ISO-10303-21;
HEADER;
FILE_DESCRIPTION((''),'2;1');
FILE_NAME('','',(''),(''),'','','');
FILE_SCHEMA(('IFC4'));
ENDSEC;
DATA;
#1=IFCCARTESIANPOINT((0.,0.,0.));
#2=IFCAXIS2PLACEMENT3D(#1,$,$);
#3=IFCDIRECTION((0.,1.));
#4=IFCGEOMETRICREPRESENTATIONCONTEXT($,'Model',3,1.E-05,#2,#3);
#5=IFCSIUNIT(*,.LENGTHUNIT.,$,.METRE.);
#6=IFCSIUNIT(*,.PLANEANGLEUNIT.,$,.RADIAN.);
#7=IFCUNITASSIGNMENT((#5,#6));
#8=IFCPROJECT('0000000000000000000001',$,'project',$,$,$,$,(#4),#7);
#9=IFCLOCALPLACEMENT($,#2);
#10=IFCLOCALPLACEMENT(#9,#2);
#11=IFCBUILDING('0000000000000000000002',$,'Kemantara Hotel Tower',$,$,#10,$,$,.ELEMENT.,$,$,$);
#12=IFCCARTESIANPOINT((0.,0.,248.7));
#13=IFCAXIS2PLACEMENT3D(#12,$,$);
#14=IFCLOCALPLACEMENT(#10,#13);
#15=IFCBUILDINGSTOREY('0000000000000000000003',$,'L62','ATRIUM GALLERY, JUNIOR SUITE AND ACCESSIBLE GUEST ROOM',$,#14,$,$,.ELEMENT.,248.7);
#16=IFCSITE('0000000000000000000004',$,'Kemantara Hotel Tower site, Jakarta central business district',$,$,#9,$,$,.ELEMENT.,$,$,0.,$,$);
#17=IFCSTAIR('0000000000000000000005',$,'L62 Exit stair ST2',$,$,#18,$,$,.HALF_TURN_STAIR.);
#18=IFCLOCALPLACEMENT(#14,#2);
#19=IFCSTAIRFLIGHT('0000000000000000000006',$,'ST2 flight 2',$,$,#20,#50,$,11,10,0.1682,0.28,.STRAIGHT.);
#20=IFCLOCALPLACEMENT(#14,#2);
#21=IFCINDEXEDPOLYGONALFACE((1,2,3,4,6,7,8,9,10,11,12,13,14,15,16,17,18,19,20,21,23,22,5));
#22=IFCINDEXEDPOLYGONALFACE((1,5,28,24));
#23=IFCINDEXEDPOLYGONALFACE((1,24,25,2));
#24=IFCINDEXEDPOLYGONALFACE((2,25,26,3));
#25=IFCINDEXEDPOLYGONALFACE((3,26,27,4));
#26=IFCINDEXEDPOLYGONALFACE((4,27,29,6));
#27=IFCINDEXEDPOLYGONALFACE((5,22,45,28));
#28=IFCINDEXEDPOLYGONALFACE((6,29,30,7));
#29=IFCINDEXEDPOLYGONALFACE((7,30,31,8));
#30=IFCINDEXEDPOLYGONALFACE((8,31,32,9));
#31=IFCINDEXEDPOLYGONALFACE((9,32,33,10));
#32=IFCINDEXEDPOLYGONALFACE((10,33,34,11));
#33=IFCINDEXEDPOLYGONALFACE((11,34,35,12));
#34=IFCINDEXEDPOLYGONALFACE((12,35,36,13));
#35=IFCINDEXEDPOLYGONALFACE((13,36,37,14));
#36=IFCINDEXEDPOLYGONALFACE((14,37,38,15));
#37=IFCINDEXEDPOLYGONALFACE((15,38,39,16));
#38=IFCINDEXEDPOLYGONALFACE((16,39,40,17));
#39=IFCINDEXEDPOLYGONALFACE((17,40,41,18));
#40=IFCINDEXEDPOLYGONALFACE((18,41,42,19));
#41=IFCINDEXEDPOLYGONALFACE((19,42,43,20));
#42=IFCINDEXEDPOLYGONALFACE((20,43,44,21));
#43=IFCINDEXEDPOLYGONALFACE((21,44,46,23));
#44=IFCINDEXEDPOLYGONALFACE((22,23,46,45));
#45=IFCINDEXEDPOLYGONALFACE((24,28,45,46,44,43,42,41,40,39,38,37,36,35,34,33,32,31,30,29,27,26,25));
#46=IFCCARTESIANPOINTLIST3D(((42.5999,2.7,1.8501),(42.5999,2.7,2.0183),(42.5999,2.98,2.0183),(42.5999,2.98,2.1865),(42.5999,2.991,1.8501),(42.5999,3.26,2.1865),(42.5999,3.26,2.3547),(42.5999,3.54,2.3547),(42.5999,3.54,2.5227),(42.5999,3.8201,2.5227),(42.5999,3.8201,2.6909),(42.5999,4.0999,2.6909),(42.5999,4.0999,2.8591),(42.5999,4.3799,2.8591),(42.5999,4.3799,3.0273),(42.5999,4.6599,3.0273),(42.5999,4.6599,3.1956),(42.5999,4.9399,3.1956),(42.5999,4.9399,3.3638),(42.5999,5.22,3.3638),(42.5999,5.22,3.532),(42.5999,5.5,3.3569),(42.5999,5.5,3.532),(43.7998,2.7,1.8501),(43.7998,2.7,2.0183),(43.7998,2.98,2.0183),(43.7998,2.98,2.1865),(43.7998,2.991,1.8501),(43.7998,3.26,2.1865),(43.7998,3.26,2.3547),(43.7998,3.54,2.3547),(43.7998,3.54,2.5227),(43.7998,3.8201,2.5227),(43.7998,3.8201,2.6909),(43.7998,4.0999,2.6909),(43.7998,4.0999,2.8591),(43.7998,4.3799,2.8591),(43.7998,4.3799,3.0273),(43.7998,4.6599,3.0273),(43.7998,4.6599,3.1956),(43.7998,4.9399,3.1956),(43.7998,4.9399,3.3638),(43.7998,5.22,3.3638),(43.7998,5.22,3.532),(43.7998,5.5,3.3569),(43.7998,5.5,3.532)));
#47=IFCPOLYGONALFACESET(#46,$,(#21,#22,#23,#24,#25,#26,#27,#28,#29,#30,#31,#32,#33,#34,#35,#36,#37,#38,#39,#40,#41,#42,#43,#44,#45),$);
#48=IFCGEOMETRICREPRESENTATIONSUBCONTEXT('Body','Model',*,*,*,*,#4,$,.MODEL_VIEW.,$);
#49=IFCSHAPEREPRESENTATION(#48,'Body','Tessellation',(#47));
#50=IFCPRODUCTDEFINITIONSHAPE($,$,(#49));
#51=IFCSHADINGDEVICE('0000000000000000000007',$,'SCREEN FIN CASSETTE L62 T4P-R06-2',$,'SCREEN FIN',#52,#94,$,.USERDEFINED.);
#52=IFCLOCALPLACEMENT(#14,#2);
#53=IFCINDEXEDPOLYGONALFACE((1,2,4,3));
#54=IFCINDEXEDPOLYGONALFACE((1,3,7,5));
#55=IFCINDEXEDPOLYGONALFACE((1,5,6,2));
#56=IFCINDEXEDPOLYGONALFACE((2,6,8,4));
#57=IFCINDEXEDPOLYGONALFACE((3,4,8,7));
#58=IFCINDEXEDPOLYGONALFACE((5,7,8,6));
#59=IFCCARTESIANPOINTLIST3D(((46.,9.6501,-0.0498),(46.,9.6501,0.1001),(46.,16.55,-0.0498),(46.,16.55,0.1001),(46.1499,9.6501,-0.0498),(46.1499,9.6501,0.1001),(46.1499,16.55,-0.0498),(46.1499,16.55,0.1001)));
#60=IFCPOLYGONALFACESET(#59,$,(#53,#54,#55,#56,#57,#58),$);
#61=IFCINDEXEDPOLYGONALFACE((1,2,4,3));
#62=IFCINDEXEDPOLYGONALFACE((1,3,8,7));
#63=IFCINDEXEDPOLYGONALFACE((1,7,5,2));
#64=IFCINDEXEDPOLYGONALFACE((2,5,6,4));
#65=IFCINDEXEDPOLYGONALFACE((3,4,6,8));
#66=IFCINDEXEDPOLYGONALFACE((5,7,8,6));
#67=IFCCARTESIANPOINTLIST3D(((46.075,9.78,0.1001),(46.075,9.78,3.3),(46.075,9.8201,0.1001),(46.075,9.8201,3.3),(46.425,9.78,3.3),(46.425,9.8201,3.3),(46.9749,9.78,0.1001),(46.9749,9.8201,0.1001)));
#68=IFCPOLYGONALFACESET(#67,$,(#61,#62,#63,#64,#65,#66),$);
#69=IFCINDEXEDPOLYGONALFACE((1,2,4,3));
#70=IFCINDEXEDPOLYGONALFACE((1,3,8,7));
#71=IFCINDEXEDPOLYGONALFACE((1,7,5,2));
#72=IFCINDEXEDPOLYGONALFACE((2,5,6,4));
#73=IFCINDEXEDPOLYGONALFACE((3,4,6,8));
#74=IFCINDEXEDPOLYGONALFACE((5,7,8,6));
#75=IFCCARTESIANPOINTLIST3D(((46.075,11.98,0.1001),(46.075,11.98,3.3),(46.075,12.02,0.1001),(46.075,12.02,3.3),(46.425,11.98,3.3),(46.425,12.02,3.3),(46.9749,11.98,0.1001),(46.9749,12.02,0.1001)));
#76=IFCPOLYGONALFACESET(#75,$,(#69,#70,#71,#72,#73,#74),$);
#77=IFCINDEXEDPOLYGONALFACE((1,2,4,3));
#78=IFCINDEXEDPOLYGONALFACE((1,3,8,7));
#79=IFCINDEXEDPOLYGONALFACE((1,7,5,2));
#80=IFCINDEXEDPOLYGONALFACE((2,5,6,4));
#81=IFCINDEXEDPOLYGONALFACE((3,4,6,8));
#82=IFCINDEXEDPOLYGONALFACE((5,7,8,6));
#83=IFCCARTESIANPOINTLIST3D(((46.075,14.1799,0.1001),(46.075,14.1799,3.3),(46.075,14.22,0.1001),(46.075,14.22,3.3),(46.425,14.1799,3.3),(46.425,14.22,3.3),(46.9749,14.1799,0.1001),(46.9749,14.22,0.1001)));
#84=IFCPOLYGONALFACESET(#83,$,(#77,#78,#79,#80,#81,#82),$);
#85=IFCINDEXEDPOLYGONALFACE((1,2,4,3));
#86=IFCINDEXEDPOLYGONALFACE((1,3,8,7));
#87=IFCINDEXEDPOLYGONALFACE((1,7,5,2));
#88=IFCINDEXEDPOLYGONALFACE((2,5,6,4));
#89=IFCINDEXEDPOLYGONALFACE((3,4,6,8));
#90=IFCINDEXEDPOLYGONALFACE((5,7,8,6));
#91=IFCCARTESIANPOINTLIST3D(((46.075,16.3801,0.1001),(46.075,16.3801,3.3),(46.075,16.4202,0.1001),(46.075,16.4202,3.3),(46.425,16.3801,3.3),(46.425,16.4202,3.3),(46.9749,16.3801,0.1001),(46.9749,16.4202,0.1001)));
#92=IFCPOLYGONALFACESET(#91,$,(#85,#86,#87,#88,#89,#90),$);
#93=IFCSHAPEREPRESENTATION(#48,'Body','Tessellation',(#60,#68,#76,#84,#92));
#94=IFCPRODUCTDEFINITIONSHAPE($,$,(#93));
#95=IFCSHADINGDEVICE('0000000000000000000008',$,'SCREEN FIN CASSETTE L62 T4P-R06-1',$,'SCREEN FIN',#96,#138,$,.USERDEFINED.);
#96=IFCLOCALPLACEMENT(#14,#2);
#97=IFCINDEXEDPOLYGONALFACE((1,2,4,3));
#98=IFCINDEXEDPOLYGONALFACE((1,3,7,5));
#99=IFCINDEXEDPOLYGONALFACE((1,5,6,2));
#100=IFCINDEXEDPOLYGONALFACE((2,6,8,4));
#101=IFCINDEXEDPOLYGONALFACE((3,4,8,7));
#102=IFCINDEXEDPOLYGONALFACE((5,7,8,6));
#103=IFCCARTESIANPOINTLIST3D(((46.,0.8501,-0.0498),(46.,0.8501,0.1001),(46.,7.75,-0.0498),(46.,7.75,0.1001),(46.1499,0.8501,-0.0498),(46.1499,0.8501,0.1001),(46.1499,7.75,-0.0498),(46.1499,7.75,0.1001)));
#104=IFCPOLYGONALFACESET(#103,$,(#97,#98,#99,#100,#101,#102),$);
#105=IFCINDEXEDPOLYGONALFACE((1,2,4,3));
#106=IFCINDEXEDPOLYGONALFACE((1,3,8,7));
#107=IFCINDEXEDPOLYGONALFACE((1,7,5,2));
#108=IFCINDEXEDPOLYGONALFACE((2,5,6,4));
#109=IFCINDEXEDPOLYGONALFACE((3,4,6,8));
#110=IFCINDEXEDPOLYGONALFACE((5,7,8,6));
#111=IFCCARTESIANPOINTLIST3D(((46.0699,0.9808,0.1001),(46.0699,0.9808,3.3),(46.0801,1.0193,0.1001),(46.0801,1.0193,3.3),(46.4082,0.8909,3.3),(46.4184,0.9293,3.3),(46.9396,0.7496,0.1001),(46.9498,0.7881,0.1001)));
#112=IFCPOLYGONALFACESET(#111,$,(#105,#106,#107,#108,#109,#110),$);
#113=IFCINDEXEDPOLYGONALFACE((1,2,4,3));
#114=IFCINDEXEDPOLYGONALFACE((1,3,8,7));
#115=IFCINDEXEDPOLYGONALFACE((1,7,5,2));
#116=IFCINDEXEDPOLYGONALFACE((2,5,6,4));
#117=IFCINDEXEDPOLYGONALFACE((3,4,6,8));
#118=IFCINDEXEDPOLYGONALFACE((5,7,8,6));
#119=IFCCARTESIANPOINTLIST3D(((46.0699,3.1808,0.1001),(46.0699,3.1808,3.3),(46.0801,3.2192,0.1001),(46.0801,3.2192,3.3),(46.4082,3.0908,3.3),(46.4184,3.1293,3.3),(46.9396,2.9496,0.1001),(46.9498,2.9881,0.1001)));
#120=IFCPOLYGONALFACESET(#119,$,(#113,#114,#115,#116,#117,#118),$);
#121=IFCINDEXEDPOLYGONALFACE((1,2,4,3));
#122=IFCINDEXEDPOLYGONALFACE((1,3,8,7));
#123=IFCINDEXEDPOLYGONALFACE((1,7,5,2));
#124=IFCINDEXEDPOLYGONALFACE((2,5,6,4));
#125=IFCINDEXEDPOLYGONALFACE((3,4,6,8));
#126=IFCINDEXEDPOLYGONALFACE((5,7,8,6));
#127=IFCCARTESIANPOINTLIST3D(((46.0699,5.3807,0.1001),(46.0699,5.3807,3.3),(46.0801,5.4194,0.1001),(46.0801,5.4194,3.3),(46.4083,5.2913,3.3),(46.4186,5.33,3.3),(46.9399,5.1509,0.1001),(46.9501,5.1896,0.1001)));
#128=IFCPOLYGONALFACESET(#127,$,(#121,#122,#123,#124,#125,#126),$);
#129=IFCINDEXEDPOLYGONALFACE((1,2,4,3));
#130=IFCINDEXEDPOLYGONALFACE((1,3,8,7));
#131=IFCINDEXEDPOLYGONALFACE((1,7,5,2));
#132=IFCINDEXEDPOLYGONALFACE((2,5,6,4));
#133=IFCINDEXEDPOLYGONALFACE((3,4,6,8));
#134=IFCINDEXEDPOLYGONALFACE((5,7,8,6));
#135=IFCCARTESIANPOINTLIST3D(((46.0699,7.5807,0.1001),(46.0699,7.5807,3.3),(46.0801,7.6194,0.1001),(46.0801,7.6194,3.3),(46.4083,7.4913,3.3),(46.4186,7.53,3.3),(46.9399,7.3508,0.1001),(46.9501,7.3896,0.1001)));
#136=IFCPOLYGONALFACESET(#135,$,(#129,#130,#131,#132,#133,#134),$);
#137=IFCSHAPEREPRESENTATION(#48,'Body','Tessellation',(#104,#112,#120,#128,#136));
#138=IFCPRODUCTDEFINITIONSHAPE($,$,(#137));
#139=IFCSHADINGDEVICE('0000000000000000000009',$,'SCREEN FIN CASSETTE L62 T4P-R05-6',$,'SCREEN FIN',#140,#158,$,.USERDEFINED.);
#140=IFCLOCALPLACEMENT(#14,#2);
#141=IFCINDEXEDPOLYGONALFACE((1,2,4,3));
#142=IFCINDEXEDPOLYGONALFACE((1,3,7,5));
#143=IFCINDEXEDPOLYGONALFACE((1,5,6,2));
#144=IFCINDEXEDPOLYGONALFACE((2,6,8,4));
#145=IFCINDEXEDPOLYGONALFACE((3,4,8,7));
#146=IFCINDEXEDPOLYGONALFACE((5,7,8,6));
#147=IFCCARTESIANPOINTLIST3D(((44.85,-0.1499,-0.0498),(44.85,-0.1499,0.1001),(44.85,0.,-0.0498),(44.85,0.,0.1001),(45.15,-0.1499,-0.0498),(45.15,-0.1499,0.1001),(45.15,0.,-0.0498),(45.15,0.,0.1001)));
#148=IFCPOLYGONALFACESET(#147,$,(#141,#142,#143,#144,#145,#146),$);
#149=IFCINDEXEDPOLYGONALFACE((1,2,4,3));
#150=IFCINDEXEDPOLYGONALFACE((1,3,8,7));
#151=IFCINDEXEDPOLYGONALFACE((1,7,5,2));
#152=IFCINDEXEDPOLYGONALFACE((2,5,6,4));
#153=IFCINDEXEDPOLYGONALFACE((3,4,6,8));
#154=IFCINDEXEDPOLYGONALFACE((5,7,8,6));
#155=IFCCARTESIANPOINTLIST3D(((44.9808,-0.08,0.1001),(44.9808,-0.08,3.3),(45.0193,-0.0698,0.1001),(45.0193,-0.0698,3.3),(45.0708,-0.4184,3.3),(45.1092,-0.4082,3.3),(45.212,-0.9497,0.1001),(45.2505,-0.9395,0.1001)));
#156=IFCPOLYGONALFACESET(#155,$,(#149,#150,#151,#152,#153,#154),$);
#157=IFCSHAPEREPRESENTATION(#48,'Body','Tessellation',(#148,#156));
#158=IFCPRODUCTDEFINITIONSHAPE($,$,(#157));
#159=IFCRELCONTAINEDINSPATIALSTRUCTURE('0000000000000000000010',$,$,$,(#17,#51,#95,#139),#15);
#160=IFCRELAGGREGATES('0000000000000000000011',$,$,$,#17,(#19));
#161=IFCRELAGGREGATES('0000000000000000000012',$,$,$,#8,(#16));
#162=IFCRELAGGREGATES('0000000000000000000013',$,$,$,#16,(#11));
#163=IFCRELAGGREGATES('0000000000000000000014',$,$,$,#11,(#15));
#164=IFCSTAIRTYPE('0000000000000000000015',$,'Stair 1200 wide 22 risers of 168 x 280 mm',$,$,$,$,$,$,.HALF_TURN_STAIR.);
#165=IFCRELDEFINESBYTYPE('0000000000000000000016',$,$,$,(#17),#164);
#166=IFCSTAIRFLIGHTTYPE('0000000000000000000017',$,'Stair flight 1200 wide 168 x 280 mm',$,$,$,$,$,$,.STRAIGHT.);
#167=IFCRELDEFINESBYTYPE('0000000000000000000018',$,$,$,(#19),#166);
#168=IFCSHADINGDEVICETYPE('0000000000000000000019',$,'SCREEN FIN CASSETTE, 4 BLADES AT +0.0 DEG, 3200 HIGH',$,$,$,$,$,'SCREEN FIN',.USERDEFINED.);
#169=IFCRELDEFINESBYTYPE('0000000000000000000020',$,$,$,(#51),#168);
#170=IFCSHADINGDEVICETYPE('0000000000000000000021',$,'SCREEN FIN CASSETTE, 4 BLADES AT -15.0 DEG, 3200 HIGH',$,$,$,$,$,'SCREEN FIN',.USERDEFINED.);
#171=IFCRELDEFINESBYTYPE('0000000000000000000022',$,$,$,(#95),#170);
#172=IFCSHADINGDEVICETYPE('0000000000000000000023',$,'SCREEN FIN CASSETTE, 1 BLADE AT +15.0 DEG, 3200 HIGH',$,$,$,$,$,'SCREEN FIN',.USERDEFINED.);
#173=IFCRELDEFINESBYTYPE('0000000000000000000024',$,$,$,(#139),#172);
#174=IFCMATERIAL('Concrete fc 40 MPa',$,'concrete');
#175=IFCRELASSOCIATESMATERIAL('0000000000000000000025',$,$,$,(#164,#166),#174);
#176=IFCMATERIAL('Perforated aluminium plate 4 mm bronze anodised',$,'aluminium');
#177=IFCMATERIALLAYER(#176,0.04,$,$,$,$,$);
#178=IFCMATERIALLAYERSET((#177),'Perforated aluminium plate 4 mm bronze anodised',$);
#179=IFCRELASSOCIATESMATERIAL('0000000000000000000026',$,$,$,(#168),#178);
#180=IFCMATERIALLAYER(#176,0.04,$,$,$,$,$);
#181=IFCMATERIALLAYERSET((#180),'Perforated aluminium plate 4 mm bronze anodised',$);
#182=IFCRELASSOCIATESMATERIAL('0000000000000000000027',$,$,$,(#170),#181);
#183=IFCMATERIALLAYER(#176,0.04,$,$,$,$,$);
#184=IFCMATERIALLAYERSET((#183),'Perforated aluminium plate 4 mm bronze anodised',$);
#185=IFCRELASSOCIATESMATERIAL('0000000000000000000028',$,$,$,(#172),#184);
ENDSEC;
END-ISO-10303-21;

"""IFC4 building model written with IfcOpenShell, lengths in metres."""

from ifc_helpers import new_model, si_unit, direction, frame, origin, origin_2d, place, context, subcontext, project, spatial, polyline, rectangle, outline, extrude, source, transform, mapped, material, layer, layer_set, type_object, element, aggregate, save


model = new_model("IFC4")

# Units and contexts
model_context = context("Model", 3, precision=1e-05, world=origin(), true_north=direction((0.0, 1.0)))
body_context = subcontext(model_context, "Body", "Model", "MODEL_VIEW")
ifc_project = project(units=[si_unit("LENGTHUNIT", "METRE"), si_unit("PLANEANGLEUNIT", "RADIAN")], contexts=[model_context])

# Site, building, storey
site_placement = place(None, origin())
site = spatial("IfcSite", under=ifc_project, at=site_placement, Name="Kemantara Hotel Tower site, Jakarta central business district", CompositionType="ELEMENT", RefElevation=0.0)
building_placement = place(site_placement, origin())
building = spatial("IfcBuilding", under=site, at=building_placement, Name="Kemantara Hotel Tower", CompositionType="ELEMENT")
storey_placement = place(building_placement, frame((0.0, 0.0, 248.7)))
storey = spatial("IfcBuildingStorey", under=building, at=storey_placement, Name="L62", Description="ATRIUM GALLERY, JUNIOR SUITE AND ACCESSIBLE GUEST ROOM", CompositionType="ELEMENT", Elevation=248.7)

# Stair, stair flight
ifc_material_1 = material(Name="Concrete fc 40 MPa", Category="concrete")
stair_type = type_object("IfcStairType", Name="Stair 1200 wide 22 risers of 168 x 280 mm", PredefinedType="HALF_TURN_STAIR", material=ifc_material_1)
stair_placement = place(storey_placement, origin())
stair = element("IfcStair", 1, at=stair_placement, inside=storey, type_object=stair_type, Name="L62 Exit stair ST2", PredefinedType="HALF_TURN_STAIR")
stair_flight_type = type_object("IfcStairFlightType", Name="Stair flight 1200 wide 168 x 280 mm", PredefinedType="STRAIGHT", material=ifc_material_1)
stair_flight_placement = place(storey_placement, frame((43.2, 2.7, 1.8501), z_axis=(0.0, 0.0, 1.0), x_axis=(0.0, 1.0, 0.0)))
stair_flight = element("IfcStairFlight", 2, at=stair_flight_placement, type_object=stair_flight_type, Name="ST2 flight 2", NumberOfRisers=11, NumberOfTreads=10, PredefinedType="STRAIGHT", RiserHeight=0.1682, TreadLength=0.28, context=body_context, shape_type="SweptSolid", body=[
    extrude(outline(polyline([(0.0, 0.0), (0.0, 0.1682), (0.28, 0.1682), (0.28, 0.3364), (0.5601, 0.3364), (0.5601, 0.5046), (0.8401, 0.5046), (0.8401, 0.6726), (1.1201, 0.6726), (1.1201, 0.8408), (1.3999, 0.8408), (1.3999, 1.009), (1.6799, 1.009), (1.6799, 1.1772), (1.96, 1.1772), (1.96, 1.3455), (2.24, 1.3455), (2.24, 1.5137), (2.52, 1.5137), (2.52, 1.6819), (2.8, 1.6819), (2.8, 1.8501), (2.8, 1.5068), (0.291, 0.0), (0.0, 0.0)])), frame((0.0, 0.6001, 0.0), z_axis=(0.0, -1.0, 0.0), x_axis=(1.0, 0.0, 0.0)), (0.0, 0.0, 1.0), 1.2),
])
aggregate(stair, [stair_flight])

# Shading devices
ifc_material_2 = material(Name="Perforated aluminium plate 4 mm bronze anodised", Category="aluminium")
ifc_layer_1 = layer(ifc_material_2, 0.04)
ifc_layer_set_1 = layer_set([ifc_layer_1], Name="Perforated aluminium plate 4 mm bronze anodised")
shading_device_type_1 = type_object("IfcShadingDeviceType", Name="SCREEN FIN CASSETTE, 4 BLADES AT +0.0 DEG, 3200 HIGH", ElementType="SCREEN FIN", PredefinedType="USERDEFINED", material=ifc_layer_set_1)
shared_shape_1 = source(origin(), body_context, "Body", "SweptSolid", [
    extrude(rectangle(XDim=6.8999, YDim=0.1499, at=origin_2d()), frame((3.3, -0.075, -0.1499), z_axis=(0.0, 0.0, 1.0), x_axis=(1.0, 0.0, 0.0)), (0.0, 0.0, 1.0), 0.1499),
    extrude(outline(polyline([(0.0, 0.0), (0.8999, 0.0), (0.3501, 3.2), (0.0, 3.2), (0.0, 0.0)])), frame((0.02, -0.075, 0.0), z_axis=(-1.0, 0.0, 0.0), x_axis=(0.0, -1.0, 0.0)), (0.0, 0.0, 1.0), 0.04),
    extrude(outline(polyline([(0.0, 0.0), (0.8999, 0.0), (0.3501, 3.2), (0.0, 3.2), (0.0, 0.0)])), frame((2.22, -0.075, 0.0), z_axis=(-1.0, 0.0, 0.0), x_axis=(0.0, -1.0, 0.0)), (0.0, 0.0, 1.0), 0.04),
    extrude(outline(polyline([(0.0, 0.0), (0.8999, 0.0), (0.3501, 3.2), (0.0, 3.2), (0.0, 0.0)])), frame((4.4199, -0.075, 0.0), z_axis=(-1.0, 0.0, 0.0), x_axis=(0.0, -1.0, 0.0)), (0.0, 0.0, 1.0), 0.04),
    extrude(outline(polyline([(0.0, 0.0), (0.8999, 0.0), (0.3501, 3.2), (0.0, 3.2), (0.0, 0.0)])), frame((6.6201, -0.075, 0.0), z_axis=(-1.0, 0.0, 0.0), x_axis=(0.0, -1.0, 0.0)), (0.0, 0.0, 1.0), 0.04),
])
shading_device_1_placement = place(storey_placement, frame((46.0, 9.8, 0.1001), z_axis=(0.0, 0.0, 1.0), x_axis=(0.0, 1.0, 0.0)))
element("IfcShadingDevice", 3, at=shading_device_1_placement, inside=storey, type_object=shading_device_type_1, Name="SCREEN FIN CASSETTE L62 T4P-R06-2", ObjectType="SCREEN FIN", PredefinedType="USERDEFINED", context=body_context, shape_type="MappedRepresentation", body=[
    mapped(shared_shape_1, transform((0.0, 0.0, 0.0))),
])
ifc_layer_2 = layer(ifc_material_2, 0.04)
ifc_layer_set_2 = layer_set([ifc_layer_2], Name="Perforated aluminium plate 4 mm bronze anodised")
shading_device_type_2 = type_object("IfcShadingDeviceType", Name="SCREEN FIN CASSETTE, 4 BLADES AT -15.0 DEG, 3200 HIGH", ElementType="SCREEN FIN", PredefinedType="USERDEFINED", material=ifc_layer_set_2)
shared_shape_2 = source(origin(), body_context, "Body", "SweptSolid", [
    extrude(rectangle(XDim=6.8999, YDim=0.1499, at=origin_2d()), frame((3.3, -0.075, -0.1499), z_axis=(0.0, 0.0, 1.0), x_axis=(1.0, 0.0, 0.0)), (0.0, 0.0, 1.0), 0.1499),
    extrude(outline(polyline([(0.0, 0.0), (0.8999, 0.0), (0.3501, 3.2), (0.0, 3.2), (0.0, 0.0)])), frame((0.0193, -0.0801, 0.0), z_axis=(-0.966438, 0.256901, 0.0), x_axis=(-0.256901, -0.966438, 0.0)), (0.0, 0.0, 1.0), 0.0398),
    extrude(outline(polyline([(0.0, 0.0), (0.8999, 0.0), (0.3501, 3.2), (0.0, 3.2), (0.0, 0.0)])), frame((2.2192, -0.0801, 0.0), z_axis=(-0.966438, 0.256901, 0.0), x_axis=(-0.256901, -0.966438, 0.0)), (0.0, 0.0, 1.0), 0.0398),
    extrude(outline(polyline([(0.0, 0.0), (0.8999, 0.0), (0.3501, 3.2), (0.0, 3.2), (0.0, 0.0)])), frame((4.4194, -0.0801, 0.0), z_axis=(-0.966838, 0.255391, 0.0), x_axis=(-0.255391, -0.966838, 0.0)), (0.0, 0.0, 1.0), 0.04),
    extrude(outline(polyline([(0.0, 0.0), (0.8999, 0.0), (0.3501, 3.2), (0.0, 3.2), (0.0, 0.0)])), frame((6.6194, -0.0801, 0.0), z_axis=(-0.966838, 0.255391, 0.0), x_axis=(-0.255391, -0.966838, 0.0)), (0.0, 0.0, 1.0), 0.04),
])
shading_device_2_placement = place(storey_placement, frame((46.0, 1.0, 0.1001), z_axis=(0.0, 0.0, 1.0), x_axis=(0.0, 1.0, 0.0)))
element("IfcShadingDevice", 4, at=shading_device_2_placement, inside=storey, type_object=shading_device_type_2, Name="SCREEN FIN CASSETTE L62 T4P-R06-1", ObjectType="SCREEN FIN", PredefinedType="USERDEFINED", context=body_context, shape_type="MappedRepresentation", body=[
    mapped(shared_shape_2, transform((0.0, 0.0, 0.0))),
])
ifc_layer_3 = layer(ifc_material_2, 0.04)
ifc_layer_set_3 = layer_set([ifc_layer_3], Name="Perforated aluminium plate 4 mm bronze anodised")
shading_device_type_3 = type_object("IfcShadingDeviceType", Name="SCREEN FIN CASSETTE, 1 BLADE AT +15.0 DEG, 3200 HIGH", ElementType="SCREEN FIN", PredefinedType="USERDEFINED", material=ifc_layer_set_3)
shared_shape_3 = source(origin(), body_context, "Body", "SweptSolid", [
    extrude(rectangle(XDim=0.3, YDim=0.1499, at=origin_2d()), frame((0.0, -0.075, -0.1499), z_axis=(0.0, 0.0, 1.0), x_axis=(1.0, 0.0, 0.0)), (0.0, 0.0, 1.0), 0.1499),
    extrude(outline(polyline([(0.0, 0.0), (0.8999, 0.0), (0.3501, 3.2), (0.0, 3.2), (0.0, 0.0)])), frame((0.0193, -0.0698, 0.0), z_axis=(-0.966438, -0.256901, 0.0), x_axis=(0.256901, -0.966438, 0.0)), (0.0, 0.0, 1.0), 0.0398),
])
shading_device_3_placement = place(storey_placement, frame((45.0, 0.0, 0.1001), z_axis=(0.0, 0.0, 1.0), x_axis=(1.0, 0.0, 0.0)))
element("IfcShadingDevice", 5, at=shading_device_3_placement, inside=storey, type_object=shading_device_type_3, Name="SCREEN FIN CASSETTE L62 T4P-R05-6", ObjectType="SCREEN FIN", PredefinedType="USERDEFINED", context=body_context, shape_type="MappedRepresentation", body=[
    mapped(shared_shape_3, transform((0.0, 0.0, 0.0))),
])

save(model, "model.ifc")
